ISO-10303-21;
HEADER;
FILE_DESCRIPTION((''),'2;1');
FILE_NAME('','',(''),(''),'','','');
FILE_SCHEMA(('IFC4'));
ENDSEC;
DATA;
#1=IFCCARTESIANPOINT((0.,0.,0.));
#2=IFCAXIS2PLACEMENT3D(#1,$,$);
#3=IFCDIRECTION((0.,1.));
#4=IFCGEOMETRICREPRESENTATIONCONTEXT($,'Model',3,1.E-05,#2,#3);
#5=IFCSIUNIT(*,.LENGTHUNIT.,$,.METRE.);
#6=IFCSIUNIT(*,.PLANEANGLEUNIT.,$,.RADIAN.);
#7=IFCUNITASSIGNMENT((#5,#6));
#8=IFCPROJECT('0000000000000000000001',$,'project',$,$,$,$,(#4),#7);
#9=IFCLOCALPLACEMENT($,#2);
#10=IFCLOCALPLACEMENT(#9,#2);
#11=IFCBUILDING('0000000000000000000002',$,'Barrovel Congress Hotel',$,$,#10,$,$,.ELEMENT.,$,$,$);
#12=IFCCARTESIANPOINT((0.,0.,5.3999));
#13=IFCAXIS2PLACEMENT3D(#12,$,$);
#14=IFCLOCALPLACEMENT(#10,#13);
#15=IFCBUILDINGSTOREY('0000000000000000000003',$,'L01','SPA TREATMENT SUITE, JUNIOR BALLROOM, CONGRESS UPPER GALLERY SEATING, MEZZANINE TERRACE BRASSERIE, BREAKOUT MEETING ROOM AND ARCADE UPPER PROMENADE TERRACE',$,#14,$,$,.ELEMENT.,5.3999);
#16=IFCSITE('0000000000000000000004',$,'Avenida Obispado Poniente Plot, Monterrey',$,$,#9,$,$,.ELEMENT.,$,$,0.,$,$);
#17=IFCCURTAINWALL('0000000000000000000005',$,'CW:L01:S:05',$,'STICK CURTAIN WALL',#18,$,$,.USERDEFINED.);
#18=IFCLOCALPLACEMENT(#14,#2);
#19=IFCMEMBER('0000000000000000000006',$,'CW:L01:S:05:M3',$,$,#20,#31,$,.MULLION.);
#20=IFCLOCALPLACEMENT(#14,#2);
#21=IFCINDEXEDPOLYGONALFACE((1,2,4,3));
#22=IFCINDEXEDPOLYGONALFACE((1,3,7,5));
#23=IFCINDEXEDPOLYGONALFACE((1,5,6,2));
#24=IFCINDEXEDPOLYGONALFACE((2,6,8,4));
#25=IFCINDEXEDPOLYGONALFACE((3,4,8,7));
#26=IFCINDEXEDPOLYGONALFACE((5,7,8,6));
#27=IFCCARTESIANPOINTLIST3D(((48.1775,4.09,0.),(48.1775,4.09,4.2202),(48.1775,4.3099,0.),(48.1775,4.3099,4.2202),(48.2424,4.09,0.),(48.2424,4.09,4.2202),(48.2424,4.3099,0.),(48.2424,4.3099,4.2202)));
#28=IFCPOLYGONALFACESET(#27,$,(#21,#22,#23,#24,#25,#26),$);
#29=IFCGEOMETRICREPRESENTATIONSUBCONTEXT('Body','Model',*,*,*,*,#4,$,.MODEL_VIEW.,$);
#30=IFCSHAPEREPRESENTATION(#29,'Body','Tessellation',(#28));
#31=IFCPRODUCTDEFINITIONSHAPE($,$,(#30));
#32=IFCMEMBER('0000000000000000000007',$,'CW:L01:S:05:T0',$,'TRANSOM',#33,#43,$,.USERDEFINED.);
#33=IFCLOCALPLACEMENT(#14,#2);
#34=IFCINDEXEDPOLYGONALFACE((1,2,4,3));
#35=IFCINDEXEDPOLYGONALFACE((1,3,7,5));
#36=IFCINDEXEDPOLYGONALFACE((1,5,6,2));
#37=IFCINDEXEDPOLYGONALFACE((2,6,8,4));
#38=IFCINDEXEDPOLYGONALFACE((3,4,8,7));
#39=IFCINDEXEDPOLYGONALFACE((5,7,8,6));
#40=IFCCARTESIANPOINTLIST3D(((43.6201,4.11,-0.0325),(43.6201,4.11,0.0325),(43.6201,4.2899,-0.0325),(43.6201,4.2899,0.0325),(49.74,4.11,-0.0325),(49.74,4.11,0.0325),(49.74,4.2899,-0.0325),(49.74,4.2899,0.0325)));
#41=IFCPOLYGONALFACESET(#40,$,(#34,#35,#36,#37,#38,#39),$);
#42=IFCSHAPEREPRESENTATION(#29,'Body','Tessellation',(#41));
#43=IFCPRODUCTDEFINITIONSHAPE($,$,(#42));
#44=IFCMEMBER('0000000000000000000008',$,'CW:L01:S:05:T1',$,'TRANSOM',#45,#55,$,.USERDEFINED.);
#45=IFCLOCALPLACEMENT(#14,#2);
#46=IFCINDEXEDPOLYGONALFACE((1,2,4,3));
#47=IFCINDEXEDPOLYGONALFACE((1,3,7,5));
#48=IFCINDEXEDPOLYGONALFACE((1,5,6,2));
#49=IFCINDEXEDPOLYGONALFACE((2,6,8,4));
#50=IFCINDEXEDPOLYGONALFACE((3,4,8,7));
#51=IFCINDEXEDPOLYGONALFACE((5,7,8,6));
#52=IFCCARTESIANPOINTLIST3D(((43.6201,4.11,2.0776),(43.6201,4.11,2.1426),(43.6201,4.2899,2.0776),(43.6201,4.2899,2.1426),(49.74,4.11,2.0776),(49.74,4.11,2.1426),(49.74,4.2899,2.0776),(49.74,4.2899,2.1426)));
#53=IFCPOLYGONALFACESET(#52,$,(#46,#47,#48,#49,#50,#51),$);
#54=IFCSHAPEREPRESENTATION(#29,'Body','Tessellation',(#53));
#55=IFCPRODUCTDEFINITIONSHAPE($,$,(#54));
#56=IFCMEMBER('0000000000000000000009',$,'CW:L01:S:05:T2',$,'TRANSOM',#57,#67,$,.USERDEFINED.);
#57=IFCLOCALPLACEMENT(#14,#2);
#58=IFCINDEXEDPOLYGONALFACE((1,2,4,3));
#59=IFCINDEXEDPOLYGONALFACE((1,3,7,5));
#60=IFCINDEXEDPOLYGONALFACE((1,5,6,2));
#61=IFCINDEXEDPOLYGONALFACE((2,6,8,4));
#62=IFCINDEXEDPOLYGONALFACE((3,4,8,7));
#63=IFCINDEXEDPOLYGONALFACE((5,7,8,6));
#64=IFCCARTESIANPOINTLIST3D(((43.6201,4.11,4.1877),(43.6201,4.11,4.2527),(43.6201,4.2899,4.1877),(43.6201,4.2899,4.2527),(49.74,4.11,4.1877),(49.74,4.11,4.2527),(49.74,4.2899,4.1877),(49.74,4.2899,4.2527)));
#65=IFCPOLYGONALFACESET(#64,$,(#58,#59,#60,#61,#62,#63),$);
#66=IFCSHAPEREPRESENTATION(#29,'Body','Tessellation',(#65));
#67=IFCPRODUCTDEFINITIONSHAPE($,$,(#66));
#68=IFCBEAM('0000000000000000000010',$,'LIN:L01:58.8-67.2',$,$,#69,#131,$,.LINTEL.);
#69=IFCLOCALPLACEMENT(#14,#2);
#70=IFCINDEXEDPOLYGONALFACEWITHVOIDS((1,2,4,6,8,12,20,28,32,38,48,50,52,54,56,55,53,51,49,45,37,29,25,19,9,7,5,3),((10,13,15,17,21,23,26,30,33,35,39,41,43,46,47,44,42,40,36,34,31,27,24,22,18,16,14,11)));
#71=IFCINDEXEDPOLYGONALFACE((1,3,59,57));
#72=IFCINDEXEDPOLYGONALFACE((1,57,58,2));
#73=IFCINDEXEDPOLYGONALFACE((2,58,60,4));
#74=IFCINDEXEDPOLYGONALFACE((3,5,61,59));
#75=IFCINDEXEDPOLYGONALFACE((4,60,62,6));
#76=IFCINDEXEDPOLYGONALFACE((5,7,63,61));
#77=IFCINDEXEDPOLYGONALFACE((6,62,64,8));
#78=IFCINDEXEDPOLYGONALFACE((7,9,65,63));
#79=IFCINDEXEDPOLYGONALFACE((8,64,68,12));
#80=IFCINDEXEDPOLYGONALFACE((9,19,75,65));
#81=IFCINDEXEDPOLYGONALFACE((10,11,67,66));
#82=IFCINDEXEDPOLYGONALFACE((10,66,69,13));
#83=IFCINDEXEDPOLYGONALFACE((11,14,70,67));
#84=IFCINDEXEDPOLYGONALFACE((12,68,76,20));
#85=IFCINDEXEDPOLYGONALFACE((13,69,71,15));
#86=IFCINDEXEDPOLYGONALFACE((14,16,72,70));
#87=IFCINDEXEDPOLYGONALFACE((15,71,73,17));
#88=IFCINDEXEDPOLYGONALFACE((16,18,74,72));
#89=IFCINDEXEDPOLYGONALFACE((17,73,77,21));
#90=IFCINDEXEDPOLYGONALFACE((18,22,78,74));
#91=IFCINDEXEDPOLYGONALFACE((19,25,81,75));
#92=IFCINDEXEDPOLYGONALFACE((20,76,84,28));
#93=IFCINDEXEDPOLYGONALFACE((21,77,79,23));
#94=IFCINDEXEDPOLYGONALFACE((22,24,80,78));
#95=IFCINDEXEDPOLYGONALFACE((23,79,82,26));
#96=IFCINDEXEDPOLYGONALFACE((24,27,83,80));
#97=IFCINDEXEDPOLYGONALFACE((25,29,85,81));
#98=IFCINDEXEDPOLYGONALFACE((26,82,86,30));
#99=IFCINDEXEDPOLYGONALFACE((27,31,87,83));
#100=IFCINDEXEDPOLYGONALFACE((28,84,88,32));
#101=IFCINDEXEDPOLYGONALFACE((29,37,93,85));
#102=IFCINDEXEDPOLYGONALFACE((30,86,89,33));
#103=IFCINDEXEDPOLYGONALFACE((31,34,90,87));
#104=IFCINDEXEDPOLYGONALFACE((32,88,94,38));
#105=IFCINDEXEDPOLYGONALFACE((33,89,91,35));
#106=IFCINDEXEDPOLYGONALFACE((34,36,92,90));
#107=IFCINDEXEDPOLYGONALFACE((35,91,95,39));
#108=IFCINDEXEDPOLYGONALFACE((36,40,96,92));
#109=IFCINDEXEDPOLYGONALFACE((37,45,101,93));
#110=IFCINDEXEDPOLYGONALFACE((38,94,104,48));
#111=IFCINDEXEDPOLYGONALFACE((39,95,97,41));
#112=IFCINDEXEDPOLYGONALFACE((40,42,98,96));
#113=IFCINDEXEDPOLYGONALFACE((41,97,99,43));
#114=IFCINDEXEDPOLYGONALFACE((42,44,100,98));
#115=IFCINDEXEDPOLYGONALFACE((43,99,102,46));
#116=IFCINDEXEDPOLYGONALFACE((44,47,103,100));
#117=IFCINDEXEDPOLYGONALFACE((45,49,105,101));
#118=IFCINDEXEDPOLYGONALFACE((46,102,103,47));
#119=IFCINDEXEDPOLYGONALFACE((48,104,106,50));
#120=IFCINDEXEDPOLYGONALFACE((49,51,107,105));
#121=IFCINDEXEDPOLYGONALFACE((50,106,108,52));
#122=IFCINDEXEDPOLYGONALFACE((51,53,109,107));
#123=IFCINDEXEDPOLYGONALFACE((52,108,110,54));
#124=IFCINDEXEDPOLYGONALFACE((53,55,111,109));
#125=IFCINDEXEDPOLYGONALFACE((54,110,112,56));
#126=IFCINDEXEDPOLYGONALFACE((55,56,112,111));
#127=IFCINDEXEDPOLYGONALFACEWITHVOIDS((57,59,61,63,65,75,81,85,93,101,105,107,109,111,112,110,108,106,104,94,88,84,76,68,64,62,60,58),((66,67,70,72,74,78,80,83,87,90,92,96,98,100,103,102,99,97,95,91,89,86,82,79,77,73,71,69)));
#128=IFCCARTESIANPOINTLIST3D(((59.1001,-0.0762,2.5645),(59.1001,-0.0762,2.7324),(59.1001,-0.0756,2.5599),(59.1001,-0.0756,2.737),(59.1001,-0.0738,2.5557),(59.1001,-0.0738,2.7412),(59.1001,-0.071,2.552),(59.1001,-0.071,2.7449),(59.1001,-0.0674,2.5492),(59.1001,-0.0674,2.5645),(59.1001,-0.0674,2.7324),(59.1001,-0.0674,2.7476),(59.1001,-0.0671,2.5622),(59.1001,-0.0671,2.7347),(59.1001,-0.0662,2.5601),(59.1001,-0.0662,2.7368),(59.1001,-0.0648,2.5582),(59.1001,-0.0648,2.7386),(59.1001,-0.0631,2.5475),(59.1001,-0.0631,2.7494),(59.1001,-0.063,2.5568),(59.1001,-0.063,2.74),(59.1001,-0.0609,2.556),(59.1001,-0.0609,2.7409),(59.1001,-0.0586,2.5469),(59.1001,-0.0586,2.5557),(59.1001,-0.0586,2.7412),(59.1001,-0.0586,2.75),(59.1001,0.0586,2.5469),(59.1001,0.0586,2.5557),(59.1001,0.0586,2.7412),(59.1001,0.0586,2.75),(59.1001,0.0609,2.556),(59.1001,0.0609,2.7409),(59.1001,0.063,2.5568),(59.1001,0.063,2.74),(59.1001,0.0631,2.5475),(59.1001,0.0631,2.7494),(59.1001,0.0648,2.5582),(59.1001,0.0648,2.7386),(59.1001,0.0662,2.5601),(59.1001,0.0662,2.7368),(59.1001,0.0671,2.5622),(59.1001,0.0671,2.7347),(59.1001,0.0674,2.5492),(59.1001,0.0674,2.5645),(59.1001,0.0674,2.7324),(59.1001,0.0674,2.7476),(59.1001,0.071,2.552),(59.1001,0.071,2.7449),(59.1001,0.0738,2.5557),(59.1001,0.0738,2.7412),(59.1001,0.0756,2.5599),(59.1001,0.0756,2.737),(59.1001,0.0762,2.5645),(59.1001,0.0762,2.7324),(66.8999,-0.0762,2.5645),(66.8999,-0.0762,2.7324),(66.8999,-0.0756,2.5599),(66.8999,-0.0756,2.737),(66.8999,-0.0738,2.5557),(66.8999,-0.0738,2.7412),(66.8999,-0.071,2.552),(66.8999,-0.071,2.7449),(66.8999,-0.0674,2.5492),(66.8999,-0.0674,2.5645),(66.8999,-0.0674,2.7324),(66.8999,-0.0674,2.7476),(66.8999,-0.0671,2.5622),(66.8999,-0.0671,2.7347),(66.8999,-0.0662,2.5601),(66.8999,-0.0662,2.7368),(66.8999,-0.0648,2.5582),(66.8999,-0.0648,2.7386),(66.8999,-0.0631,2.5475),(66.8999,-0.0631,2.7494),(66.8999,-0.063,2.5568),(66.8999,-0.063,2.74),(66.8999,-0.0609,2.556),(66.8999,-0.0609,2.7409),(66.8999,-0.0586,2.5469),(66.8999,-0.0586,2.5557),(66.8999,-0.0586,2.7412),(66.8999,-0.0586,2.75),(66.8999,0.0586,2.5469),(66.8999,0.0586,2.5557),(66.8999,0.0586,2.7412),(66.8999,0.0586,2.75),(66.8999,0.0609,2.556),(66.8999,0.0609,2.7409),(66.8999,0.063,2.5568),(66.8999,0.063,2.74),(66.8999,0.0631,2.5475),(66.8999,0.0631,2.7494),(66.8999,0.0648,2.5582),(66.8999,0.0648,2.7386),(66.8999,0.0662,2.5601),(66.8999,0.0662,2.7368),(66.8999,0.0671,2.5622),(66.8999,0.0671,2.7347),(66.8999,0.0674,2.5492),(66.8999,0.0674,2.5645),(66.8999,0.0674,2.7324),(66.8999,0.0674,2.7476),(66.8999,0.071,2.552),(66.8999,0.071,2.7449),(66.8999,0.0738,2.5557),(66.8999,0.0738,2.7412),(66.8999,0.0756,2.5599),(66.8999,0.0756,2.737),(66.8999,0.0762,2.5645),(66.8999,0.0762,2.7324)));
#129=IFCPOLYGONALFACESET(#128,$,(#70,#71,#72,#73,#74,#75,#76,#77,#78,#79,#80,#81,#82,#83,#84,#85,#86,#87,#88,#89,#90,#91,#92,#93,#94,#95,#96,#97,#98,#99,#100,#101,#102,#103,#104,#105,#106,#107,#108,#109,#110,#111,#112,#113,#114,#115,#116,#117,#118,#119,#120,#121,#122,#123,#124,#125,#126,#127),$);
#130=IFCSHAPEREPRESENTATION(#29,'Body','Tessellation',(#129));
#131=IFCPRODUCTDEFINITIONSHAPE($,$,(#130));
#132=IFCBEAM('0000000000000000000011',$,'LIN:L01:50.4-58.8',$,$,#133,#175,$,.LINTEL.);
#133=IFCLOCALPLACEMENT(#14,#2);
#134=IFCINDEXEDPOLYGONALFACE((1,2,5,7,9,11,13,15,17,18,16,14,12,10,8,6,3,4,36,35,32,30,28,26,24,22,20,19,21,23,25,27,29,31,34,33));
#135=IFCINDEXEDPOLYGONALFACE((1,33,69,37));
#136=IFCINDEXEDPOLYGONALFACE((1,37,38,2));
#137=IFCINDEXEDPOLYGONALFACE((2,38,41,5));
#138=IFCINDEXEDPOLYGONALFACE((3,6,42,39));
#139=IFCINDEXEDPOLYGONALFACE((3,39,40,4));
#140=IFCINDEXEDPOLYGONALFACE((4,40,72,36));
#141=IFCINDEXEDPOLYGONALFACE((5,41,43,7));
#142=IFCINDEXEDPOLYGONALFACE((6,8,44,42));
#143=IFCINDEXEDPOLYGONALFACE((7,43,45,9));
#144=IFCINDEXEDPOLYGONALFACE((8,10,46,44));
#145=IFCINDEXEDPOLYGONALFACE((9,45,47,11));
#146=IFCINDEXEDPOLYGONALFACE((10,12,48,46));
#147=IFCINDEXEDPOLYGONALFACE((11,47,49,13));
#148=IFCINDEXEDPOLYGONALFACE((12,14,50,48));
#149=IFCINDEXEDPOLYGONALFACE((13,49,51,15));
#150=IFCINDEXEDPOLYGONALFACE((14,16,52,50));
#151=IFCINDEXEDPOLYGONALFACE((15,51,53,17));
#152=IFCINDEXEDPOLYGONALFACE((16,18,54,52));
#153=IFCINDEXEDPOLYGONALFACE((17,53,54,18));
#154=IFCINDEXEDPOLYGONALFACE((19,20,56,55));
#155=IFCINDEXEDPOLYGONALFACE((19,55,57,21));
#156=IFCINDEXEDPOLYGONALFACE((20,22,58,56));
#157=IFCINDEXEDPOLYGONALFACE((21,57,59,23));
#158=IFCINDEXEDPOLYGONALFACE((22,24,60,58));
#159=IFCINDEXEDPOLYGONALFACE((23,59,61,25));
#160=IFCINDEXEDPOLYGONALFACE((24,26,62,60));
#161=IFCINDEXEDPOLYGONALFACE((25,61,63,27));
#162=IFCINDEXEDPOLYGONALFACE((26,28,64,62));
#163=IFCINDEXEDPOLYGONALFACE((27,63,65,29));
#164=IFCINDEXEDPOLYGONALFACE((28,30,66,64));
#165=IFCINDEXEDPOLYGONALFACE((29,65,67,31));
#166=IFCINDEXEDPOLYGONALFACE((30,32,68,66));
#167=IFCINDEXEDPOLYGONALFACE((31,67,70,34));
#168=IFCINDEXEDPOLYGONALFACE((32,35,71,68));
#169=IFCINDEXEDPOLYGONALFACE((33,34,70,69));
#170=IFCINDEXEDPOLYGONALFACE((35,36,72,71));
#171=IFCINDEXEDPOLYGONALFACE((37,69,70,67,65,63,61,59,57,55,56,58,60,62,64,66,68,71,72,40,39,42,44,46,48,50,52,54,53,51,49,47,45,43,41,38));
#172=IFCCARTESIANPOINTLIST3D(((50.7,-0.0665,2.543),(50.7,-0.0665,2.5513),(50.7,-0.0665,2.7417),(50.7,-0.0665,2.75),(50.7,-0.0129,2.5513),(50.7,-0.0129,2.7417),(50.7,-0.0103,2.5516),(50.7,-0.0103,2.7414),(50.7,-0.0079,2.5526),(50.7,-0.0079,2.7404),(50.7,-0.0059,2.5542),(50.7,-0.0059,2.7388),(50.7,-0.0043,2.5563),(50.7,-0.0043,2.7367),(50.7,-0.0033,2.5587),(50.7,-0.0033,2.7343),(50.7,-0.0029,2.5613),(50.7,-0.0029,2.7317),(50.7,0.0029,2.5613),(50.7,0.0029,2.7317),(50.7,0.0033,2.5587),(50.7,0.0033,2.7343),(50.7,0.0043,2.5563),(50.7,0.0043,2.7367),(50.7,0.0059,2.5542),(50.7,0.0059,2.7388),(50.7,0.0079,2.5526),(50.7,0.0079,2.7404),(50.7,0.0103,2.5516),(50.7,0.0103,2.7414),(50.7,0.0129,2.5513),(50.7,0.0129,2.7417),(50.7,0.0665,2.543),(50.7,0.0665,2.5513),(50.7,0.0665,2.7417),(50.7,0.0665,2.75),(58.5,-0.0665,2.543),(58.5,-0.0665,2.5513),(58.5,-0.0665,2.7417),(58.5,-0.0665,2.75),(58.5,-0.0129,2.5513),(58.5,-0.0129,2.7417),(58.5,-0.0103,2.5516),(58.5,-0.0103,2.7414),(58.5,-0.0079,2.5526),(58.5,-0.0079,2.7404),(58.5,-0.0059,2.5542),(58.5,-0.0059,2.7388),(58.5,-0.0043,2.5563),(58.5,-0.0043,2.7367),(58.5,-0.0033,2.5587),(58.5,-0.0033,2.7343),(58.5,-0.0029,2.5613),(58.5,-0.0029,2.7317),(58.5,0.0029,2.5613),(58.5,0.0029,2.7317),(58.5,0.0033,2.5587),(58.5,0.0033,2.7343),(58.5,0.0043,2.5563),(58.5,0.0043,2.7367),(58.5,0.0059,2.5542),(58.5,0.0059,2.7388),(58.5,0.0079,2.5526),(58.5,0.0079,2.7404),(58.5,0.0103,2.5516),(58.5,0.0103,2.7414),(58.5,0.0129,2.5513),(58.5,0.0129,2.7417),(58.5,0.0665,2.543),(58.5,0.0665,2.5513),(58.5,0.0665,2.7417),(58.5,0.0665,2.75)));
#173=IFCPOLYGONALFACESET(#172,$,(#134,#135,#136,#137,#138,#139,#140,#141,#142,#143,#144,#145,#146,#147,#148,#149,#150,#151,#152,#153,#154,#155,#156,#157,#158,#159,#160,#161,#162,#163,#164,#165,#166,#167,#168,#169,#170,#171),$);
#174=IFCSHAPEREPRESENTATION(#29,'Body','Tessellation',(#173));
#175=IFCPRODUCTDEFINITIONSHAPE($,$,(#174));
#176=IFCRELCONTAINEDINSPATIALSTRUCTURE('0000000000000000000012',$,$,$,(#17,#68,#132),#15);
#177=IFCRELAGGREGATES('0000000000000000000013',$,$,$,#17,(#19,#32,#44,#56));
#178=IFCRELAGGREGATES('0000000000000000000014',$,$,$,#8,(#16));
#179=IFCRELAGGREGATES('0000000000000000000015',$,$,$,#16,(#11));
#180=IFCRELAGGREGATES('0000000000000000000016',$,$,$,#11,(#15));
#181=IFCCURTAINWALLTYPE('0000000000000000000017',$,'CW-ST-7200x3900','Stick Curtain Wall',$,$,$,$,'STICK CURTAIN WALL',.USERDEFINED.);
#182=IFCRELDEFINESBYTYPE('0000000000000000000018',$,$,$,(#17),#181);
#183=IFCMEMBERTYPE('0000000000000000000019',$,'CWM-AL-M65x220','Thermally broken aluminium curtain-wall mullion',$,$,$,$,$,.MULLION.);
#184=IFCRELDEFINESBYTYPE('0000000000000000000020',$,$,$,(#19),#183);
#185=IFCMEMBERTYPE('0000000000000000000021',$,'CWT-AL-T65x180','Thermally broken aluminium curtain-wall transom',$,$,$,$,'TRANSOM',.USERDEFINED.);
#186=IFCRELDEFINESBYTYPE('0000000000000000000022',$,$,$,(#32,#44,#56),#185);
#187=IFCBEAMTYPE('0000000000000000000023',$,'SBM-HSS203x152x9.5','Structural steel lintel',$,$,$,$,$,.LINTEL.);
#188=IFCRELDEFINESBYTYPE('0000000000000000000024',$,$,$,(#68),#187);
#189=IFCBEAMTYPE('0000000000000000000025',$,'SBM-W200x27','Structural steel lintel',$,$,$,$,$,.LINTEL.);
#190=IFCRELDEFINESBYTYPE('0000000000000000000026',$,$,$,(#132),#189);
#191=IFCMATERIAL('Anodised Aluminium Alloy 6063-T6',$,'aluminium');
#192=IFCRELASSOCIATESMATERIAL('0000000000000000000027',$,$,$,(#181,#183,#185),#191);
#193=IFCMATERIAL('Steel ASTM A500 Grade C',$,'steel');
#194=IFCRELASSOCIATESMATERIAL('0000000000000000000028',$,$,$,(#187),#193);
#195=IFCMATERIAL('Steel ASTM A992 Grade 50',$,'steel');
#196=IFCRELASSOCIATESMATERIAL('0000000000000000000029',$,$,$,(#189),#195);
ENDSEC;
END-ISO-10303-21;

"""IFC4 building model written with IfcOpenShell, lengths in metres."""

from ifc_helpers import new_model, si_unit, direction, frame, origin, origin_2d, place, context, subcontext, project, spatial, rectangle, hollow_rectangle, i_section, extrude, material, material_profile, profile_set, type_object, element, aggregate, save


model = new_model("IFC4")

# Units and contexts
model_context = context("Model", 3, precision=1e-05, world=origin(), true_north=direction((0.0, 1.0)))
body_context = subcontext(model_context, "Body", "Model", "MODEL_VIEW")
ifc_project = project(units=[si_unit("LENGTHUNIT", "METRE"), si_unit("PLANEANGLEUNIT", "RADIAN")], contexts=[model_context])

# Site, building, storey
site_placement = place(None, origin())
site = spatial("IfcSite", under=ifc_project, at=site_placement, Name="Avenida Obispado Poniente Plot, Monterrey", CompositionType="ELEMENT", RefElevation=0.0)
building_placement = place(site_placement, origin())
building = spatial("IfcBuilding", under=site, at=building_placement, Name="Barrovel Congress Hotel", CompositionType="ELEMENT")
storey_placement = place(building_placement, frame((0.0, 0.0, 5.3999)))
storey = spatial("IfcBuildingStorey", under=building, at=storey_placement, Name="L01", Description="SPA TREATMENT SUITE, JUNIOR BALLROOM, CONGRESS UPPER GALLERY SEATING, MEZZANINE TERRACE BRASSERIE, BREAKOUT MEETING ROOM AND ARCADE UPPER PROMENADE TERRACE", CompositionType="ELEMENT", Elevation=5.3999)

# Curtain wall, members
ifc_material_1 = material(Name="Anodised Aluminium Alloy 6063-T6", Category="aluminium")
curtain_wall_type = type_object("IfcCurtainWallType", Name="CW-ST-7200x3900", Description="Stick Curtain Wall", ElementType="STICK CURTAIN WALL", PredefinedType="USERDEFINED", material=ifc_material_1)
curtain_wall_placement = place(storey_placement, origin())
curtain_wall = element("IfcCurtainWall", 1, at=curtain_wall_placement, inside=storey, type_object=curtain_wall_type, Name="CW:L01:S:05", ObjectType="STICK CURTAIN WALL", PredefinedType="USERDEFINED")
ifc_material_profile_1 = material_profile(ifc_material_1, rectangle(XDim=0.0649, YDim=0.22, at=origin_2d()), Name="AL-M65x220")
ifc_profile_set_1 = profile_set([ifc_material_profile_1], Name="Anodised Aluminium Alloy 6063-T6")
member_type_1 = type_object("IfcMemberType", Name="CWM-AL-M65x220", Description="Thermally broken aluminium curtain-wall mullion", PredefinedType="MULLION", material=ifc_profile_set_1)
member_1_placement = place(storey_placement, frame((48.21, 4.2, 0.0), z_axis=(0.0, 0.0, 1.0), x_axis=(1.0, 0.0, 0.0)))
member_1 = element("IfcMember", 2, at=member_1_placement, type_object=member_type_1, Name="CW:L01:S:05:M3", PredefinedType="MULLION", context=body_context, shape_type="SweptSolid", body=[
    extrude(rectangle(XDim=0.0649, YDim=0.22, at=origin_2d()), origin(), (0.0, 0.0, 1.0), 4.2202),
])
ifc_material_profile_2 = material_profile(ifc_material_1, rectangle(XDim=0.1799, YDim=0.0649, at=origin_2d()), Name="AL-T65x180")
ifc_profile_set_2 = profile_set([ifc_material_profile_2], Name="Anodised Aluminium Alloy 6063-T6")
member_type_2 = type_object("IfcMemberType", Name="CWT-AL-T65x180", Description="Thermally broken aluminium curtain-wall transom", ElementType="TRANSOM", PredefinedType="USERDEFINED", material=ifc_profile_set_2)
member_2_placement = place(storey_placement, frame((43.6201, 4.2, 0.0), z_axis=(1.0, 0.0, 0.0), x_axis=(0.0, 1.0, 0.0)))
member_2 = element("IfcMember", 3, at=member_2_placement, type_object=member_type_2, Name="CW:L01:S:05:T0", ObjectType="TRANSOM", PredefinedType="USERDEFINED", context=body_context, shape_type="SweptSolid", body=[
    extrude(rectangle(XDim=0.1799, YDim=0.0649, at=origin_2d()), origin(), (0.0, 0.0, 1.0), 6.1199),
])
member_3_placement = place(storey_placement, frame((43.6201, 4.2, 2.1101), z_axis=(1.0, 0.0, 0.0), x_axis=(0.0, 1.0, 0.0)))
member_3 = element("IfcMember", 4, at=member_3_placement, type_object=member_type_2, Name="CW:L01:S:05:T1", ObjectType="TRANSOM", PredefinedType="USERDEFINED", context=body_context, shape_type="SweptSolid", body=[
    extrude(rectangle(XDim=0.1799, YDim=0.0649, at=origin_2d()), origin(), (0.0, 0.0, 1.0), 6.1199),
])
member_4_placement = place(storey_placement, frame((43.6201, 4.2, 4.2202), z_axis=(1.0, 0.0, 0.0), x_axis=(0.0, 1.0, 0.0)))
member_4 = element("IfcMember", 5, at=member_4_placement, type_object=member_type_2, Name="CW:L01:S:05:T2", ObjectType="TRANSOM", PredefinedType="USERDEFINED", context=body_context, shape_type="SweptSolid", body=[
    extrude(rectangle(XDim=0.1799, YDim=0.0649, at=origin_2d()), origin(), (0.0, 0.0, 1.0), 6.1199),
])

# Beams
ifc_material_2 = material(Name="Steel ASTM A500 Grade C", Category="steel")
ifc_material_profile_3 = material_profile(ifc_material_2, hollow_rectangle(XDim=0.1523, YDim=0.2031, WallThickness=0.0088, InnerFilletRadius=0.0088, OuterFilletRadius=0.0176, at=origin_2d()), Name="HSS203x152x9.5")
ifc_profile_set_3 = profile_set([ifc_material_profile_3], Name="Steel ASTM A500 Grade C")
beam_type_1 = type_object("IfcBeamType", Name="SBM-HSS203x152x9.5", Description="Structural steel lintel", PredefinedType="LINTEL", material=ifc_profile_set_3)
beam_1_placement = place(storey_placement, frame((59.1001, 0.0, 2.6484), z_axis=(1.0, 0.0, 0.0), x_axis=(0.0, 1.0, 0.0)))
element("IfcBeam", 6, at=beam_1_placement, inside=storey, type_object=beam_type_1, Name="LIN:L01:58.8-67.2", PredefinedType="LINTEL", context=body_context, shape_type="SweptSolid", body=[
    extrude(hollow_rectangle(XDim=0.1523, YDim=0.2031, WallThickness=0.0088, InnerFilletRadius=0.0088, OuterFilletRadius=0.0176, at=origin_2d()), origin(), (0.0, 0.0, 1.0), 7.7998),
])
ifc_material_3 = material(Name="Steel ASTM A992 Grade 50", Category="steel")
ifc_material_profile_4 = material_profile(ifc_material_3, i_section(OverallWidth=0.1331, OverallDepth=0.207, WebThickness=0.0059, FlangeThickness=0.0083, FilletRadius=0.01, at=origin_2d()), Name="W200x27")
ifc_profile_set_4 = profile_set([ifc_material_profile_4], Name="Steel ASTM A992 Grade 50")
beam_type_2 = type_object("IfcBeamType", Name="SBM-W200x27", Description="Structural steel lintel", PredefinedType="LINTEL", material=ifc_profile_set_4)
beam_2_placement = place(storey_placement, frame((50.7, 0.0, 2.6465), z_axis=(1.0, 0.0, 0.0), x_axis=(0.0, 1.0, 0.0)))
element("IfcBeam", 7, at=beam_2_placement, inside=storey, type_object=beam_type_2, Name="LIN:L01:50.4-58.8", PredefinedType="LINTEL", context=body_context, shape_type="SweptSolid", body=[
    extrude(i_section(OverallWidth=0.1331, OverallDepth=0.207, WebThickness=0.0059, FlangeThickness=0.0083, FilletRadius=0.01, at=origin_2d()), origin(), (0.0, 0.0, 1.0), 7.8),
])

aggregate(curtain_wall, [member_1, member_2, member_3, member_4])

save(model, "model.ifc")
